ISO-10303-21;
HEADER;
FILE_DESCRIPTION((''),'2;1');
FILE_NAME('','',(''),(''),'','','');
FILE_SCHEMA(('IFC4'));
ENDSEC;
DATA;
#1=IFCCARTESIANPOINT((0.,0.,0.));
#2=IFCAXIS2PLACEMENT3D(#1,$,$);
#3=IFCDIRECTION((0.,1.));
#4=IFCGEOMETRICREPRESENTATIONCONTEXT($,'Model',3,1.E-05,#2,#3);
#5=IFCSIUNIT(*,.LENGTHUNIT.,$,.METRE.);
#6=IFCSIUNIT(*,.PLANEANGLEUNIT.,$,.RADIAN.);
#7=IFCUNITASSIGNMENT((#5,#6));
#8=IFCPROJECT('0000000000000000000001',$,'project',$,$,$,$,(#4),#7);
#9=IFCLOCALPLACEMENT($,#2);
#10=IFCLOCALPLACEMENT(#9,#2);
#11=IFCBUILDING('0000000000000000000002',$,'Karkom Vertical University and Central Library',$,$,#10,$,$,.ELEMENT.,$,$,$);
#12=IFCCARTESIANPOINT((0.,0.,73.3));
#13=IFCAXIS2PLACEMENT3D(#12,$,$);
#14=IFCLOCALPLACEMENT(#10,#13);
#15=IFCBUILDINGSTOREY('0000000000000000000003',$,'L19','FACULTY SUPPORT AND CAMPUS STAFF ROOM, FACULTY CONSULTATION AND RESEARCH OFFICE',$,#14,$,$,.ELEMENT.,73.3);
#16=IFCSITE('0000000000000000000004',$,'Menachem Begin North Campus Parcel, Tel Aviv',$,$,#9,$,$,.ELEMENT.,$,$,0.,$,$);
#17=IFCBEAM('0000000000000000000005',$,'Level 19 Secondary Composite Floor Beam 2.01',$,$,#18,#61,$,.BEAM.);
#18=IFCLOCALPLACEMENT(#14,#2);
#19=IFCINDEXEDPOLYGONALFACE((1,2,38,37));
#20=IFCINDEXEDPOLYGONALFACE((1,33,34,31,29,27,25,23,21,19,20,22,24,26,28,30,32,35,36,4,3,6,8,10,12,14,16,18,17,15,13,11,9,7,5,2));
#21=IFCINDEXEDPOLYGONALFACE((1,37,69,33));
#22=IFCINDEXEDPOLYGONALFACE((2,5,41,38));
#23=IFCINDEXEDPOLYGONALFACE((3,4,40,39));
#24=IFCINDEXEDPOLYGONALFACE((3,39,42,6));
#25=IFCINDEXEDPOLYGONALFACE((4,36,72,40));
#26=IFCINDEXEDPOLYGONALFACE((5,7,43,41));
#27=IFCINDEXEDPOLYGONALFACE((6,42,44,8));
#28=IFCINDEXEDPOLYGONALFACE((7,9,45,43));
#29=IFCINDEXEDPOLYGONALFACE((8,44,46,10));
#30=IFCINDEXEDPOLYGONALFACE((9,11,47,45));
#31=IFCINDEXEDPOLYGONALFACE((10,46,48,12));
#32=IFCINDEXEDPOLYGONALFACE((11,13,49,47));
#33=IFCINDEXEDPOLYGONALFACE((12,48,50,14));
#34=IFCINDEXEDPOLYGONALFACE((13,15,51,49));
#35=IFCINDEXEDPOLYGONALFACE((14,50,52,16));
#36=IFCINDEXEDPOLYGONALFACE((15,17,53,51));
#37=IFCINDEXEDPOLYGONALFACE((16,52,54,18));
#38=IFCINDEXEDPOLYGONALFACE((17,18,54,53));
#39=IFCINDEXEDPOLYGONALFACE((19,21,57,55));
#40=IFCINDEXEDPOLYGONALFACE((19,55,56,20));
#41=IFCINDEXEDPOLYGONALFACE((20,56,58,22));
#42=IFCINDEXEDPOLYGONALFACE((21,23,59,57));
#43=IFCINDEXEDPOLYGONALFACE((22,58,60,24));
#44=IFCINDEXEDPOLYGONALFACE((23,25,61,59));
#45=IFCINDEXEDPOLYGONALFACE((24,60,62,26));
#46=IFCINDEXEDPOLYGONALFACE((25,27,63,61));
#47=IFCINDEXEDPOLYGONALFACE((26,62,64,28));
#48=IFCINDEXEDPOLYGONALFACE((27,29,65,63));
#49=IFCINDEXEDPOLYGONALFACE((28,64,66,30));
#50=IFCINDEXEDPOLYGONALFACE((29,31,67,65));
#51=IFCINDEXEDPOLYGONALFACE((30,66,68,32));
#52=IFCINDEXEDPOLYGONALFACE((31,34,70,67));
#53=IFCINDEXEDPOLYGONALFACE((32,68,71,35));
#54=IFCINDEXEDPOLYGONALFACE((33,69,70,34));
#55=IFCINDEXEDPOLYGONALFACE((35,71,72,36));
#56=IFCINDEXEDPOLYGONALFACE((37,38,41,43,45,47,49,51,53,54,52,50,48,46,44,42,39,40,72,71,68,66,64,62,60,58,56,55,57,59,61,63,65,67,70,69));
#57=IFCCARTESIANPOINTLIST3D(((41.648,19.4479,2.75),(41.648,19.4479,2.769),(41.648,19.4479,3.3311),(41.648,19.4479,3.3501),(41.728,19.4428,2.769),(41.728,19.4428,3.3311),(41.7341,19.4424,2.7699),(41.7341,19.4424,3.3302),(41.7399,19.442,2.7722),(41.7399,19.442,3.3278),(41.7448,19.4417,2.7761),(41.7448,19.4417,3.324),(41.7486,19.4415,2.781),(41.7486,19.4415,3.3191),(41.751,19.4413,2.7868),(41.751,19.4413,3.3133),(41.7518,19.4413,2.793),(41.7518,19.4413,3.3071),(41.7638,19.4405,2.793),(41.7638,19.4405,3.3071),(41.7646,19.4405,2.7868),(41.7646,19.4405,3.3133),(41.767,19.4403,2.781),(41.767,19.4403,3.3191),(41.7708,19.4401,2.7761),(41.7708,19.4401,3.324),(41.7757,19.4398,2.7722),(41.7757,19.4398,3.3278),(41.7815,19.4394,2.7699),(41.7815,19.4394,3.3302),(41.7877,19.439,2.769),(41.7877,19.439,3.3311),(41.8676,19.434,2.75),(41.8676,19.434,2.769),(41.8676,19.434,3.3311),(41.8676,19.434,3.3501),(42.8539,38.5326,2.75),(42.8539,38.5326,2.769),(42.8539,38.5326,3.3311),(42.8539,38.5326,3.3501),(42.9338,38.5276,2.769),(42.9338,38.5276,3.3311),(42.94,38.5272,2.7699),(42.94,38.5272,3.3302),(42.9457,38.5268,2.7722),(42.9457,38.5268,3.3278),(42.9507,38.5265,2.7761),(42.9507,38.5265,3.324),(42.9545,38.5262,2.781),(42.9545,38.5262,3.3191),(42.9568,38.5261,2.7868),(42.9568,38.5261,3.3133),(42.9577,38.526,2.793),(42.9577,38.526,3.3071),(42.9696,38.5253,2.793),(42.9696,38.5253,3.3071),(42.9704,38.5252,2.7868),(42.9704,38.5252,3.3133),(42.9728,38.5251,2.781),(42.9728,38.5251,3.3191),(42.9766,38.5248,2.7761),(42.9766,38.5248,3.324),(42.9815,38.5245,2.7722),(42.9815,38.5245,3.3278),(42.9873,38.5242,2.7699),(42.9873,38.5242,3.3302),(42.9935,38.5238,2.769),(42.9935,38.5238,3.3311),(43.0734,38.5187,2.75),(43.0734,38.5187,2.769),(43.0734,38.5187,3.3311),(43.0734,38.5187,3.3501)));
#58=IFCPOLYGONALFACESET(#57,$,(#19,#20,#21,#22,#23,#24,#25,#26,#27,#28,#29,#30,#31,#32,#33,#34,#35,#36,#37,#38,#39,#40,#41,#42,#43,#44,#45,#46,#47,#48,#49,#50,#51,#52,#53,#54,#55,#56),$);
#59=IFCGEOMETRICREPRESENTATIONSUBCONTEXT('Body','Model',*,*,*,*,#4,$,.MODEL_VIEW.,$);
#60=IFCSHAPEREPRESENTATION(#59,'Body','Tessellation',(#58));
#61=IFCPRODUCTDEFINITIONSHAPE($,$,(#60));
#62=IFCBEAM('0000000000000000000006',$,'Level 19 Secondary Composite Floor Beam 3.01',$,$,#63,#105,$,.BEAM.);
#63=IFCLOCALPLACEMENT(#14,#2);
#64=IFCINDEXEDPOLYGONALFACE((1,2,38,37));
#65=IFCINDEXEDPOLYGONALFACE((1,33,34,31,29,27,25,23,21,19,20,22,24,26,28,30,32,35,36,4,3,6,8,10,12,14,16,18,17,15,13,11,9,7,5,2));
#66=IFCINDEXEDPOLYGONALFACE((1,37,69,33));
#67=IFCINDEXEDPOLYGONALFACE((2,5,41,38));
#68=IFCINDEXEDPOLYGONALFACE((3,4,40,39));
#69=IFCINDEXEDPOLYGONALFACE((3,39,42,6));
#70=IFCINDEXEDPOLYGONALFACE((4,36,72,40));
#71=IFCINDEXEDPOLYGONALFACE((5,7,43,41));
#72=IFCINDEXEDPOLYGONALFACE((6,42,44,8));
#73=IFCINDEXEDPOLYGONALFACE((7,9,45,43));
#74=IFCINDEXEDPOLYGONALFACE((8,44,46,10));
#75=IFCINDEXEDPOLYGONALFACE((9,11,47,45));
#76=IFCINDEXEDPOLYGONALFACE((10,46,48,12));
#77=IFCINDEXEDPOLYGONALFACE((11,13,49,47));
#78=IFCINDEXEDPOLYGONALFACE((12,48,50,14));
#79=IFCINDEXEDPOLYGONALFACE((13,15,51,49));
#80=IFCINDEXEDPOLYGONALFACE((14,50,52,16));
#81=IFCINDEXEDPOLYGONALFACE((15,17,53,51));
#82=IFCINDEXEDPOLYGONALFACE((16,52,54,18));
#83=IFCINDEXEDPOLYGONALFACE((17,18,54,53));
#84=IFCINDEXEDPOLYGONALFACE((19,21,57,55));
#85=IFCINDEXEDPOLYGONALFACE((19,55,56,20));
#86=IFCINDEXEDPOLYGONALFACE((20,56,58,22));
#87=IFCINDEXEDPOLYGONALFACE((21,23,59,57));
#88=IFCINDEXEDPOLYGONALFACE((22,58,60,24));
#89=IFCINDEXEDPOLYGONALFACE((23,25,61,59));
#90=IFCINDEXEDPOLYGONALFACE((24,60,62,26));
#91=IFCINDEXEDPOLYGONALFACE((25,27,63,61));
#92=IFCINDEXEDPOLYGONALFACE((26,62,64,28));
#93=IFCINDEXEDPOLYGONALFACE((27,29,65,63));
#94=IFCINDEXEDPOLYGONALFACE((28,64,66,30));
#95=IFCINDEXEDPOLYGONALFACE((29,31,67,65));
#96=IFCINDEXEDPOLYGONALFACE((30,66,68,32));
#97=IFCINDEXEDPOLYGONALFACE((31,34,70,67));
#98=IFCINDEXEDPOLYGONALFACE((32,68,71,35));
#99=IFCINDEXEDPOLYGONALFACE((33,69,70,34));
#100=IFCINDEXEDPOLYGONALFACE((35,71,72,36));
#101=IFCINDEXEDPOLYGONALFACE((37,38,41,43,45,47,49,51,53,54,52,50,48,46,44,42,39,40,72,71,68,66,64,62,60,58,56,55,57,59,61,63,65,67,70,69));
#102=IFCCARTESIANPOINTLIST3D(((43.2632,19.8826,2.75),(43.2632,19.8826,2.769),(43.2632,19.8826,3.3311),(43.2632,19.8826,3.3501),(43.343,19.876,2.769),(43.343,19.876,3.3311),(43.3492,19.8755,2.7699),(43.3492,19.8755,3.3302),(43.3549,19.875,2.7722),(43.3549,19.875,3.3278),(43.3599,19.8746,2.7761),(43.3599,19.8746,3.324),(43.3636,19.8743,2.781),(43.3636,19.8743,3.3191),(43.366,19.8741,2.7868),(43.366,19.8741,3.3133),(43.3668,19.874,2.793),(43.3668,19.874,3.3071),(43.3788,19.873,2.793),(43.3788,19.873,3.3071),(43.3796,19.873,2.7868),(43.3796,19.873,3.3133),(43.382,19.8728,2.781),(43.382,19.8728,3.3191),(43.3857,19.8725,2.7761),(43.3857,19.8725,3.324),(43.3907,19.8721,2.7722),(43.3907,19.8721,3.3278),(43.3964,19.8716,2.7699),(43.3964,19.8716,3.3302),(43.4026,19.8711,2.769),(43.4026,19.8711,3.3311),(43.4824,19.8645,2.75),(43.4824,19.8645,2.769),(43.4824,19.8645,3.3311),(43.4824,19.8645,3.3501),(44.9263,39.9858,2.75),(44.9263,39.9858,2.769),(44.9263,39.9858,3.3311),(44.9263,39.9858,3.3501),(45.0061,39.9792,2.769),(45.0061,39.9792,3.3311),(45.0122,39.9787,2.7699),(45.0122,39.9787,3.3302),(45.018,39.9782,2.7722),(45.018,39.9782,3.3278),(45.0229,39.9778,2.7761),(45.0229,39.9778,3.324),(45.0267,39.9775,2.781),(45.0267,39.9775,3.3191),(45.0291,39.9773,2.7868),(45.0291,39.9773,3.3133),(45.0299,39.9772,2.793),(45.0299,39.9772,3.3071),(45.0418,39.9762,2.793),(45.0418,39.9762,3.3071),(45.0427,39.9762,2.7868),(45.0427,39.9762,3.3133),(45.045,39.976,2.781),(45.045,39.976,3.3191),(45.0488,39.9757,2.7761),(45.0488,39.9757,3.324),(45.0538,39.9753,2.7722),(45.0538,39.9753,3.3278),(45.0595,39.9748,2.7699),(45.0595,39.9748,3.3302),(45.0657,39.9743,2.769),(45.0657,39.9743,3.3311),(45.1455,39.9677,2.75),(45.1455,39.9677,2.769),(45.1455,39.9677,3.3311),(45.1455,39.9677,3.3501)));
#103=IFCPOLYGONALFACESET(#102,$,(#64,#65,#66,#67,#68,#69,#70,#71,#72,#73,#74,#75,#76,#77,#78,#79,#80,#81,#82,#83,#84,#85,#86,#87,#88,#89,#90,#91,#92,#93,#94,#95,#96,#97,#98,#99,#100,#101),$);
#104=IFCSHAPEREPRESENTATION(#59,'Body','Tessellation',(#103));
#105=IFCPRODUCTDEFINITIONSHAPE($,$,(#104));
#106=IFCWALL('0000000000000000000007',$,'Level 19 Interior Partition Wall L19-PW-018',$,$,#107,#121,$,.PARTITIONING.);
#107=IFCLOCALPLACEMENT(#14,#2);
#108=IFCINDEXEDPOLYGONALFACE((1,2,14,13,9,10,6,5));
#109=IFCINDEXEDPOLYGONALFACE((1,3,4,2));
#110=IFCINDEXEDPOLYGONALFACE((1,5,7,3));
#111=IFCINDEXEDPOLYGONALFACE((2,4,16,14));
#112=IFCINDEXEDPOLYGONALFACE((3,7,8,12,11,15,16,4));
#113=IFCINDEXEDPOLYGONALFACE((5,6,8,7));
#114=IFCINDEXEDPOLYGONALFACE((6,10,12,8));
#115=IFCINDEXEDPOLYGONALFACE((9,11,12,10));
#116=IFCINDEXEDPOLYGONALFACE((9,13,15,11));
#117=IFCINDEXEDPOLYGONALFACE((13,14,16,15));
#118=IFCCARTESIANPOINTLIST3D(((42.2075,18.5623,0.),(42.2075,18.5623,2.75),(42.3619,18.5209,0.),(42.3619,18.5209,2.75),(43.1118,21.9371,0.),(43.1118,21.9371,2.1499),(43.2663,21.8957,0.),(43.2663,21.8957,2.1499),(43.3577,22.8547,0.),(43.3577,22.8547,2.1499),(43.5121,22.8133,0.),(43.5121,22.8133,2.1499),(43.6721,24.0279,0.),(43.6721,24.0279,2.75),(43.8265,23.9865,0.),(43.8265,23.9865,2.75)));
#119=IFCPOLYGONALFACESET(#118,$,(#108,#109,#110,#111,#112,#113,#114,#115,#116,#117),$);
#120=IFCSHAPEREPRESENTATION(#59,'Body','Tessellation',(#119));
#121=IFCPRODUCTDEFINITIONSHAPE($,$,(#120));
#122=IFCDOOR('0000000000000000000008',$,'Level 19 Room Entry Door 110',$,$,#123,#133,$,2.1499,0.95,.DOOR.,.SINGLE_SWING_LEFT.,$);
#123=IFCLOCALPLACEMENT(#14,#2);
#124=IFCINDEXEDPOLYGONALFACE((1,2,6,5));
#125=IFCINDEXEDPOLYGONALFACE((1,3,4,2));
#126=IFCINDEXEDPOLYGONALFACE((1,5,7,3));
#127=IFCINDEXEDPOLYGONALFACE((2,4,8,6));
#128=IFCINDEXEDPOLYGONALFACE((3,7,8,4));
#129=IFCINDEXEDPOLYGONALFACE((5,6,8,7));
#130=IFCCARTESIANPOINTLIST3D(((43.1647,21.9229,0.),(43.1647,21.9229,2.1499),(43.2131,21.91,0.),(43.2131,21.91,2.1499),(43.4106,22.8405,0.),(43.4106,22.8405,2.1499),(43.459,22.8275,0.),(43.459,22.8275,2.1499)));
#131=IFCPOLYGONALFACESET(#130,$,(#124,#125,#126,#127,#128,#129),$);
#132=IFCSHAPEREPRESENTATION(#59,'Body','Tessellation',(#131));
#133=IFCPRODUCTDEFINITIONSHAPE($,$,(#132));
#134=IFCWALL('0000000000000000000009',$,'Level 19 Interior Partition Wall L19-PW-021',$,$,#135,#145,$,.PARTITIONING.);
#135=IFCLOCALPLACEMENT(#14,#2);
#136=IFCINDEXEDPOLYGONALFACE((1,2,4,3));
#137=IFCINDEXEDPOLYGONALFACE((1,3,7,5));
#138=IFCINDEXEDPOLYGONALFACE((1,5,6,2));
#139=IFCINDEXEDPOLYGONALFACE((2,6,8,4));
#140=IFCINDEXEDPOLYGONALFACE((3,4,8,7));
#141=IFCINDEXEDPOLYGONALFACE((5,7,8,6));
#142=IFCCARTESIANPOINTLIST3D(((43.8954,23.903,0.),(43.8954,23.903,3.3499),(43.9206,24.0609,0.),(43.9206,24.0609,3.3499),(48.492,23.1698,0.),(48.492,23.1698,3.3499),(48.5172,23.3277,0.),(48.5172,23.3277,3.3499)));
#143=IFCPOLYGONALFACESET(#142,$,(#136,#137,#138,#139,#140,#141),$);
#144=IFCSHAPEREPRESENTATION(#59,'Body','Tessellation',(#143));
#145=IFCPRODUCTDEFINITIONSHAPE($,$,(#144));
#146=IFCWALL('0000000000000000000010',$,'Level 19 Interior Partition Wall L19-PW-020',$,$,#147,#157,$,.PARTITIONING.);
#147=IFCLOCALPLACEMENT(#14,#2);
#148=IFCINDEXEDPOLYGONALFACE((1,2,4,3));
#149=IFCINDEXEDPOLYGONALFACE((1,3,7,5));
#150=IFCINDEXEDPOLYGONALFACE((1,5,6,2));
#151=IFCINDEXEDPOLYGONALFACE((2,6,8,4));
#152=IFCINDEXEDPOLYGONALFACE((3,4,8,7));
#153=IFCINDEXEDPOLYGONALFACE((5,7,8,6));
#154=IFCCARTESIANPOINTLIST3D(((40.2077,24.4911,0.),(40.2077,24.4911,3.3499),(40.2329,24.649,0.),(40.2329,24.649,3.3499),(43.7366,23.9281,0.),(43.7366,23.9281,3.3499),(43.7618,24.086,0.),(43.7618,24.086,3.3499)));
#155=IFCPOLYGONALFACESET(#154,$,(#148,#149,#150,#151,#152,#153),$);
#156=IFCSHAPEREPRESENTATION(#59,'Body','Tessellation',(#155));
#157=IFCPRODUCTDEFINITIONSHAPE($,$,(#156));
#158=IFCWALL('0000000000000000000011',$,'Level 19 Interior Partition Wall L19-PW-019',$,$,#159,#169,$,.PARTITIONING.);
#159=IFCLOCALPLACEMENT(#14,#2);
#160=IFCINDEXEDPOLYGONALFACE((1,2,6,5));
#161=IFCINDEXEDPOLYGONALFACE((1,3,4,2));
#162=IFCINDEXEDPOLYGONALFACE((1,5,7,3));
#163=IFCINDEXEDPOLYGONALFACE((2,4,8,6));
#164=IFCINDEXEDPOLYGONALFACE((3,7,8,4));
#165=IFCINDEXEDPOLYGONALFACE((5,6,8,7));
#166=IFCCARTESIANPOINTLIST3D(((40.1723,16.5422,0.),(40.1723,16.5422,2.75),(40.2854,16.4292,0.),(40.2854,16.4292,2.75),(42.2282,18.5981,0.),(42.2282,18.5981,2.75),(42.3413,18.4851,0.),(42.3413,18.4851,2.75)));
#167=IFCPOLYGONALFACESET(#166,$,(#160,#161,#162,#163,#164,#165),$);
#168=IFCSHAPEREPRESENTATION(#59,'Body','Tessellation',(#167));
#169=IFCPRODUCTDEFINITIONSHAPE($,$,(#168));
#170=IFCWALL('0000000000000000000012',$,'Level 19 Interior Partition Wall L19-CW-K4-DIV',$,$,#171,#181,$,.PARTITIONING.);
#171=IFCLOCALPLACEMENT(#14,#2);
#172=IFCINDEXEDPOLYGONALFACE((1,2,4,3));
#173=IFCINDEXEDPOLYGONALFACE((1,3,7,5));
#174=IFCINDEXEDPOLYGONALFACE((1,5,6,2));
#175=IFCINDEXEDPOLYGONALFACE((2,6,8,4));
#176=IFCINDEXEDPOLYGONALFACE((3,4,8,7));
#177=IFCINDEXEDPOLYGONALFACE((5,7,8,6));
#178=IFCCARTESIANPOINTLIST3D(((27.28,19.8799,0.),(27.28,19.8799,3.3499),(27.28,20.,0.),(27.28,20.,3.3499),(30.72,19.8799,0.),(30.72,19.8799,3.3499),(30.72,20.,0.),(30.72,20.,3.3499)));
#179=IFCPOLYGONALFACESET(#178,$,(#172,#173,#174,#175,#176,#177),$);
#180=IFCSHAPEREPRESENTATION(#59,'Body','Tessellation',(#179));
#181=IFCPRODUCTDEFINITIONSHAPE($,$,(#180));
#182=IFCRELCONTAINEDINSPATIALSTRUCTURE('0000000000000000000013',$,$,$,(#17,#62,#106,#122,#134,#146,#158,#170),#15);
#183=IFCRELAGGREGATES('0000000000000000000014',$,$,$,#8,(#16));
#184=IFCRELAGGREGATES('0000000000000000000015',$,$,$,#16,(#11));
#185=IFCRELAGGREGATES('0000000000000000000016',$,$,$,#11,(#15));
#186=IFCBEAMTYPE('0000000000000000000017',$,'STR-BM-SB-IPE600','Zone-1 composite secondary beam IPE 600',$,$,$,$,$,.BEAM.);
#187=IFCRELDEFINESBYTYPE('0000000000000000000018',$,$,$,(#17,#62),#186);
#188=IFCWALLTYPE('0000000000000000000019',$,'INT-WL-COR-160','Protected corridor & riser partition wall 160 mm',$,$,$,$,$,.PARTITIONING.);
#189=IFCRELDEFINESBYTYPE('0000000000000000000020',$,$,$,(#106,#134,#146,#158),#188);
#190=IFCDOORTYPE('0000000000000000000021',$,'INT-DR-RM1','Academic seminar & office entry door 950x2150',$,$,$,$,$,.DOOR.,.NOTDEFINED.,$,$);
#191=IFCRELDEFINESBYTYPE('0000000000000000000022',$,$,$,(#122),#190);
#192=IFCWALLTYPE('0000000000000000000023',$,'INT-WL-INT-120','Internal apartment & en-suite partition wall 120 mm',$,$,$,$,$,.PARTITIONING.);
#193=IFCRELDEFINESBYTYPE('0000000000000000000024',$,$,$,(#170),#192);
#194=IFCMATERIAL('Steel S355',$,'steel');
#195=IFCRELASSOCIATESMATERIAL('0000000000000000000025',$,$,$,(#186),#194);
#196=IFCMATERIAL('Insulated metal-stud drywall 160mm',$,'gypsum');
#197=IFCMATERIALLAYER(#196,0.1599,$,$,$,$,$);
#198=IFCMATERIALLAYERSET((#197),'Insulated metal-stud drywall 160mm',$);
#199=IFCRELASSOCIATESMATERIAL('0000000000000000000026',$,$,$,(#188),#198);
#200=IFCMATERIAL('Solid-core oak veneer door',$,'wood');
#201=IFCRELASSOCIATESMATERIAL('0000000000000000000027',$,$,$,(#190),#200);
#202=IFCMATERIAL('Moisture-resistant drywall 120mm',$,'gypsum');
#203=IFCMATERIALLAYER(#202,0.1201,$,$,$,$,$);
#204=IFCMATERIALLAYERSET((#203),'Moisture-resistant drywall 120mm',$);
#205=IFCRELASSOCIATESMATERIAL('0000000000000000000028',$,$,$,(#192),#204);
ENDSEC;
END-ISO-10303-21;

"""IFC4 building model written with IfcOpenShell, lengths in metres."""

from ifc_helpers import new_model, si_unit, direction, frame, frame_2d, origin, origin_with_axes, origin_2d, place, context, subcontext, project, spatial, rectangle, i_section, extrude, source, transform, mapped, material, layer, layer_set, material_profile, profile_set, type_object, element, fill, save


model = new_model("IFC4")

# Units and contexts
model_context = context("Model", 3, precision=1e-05, world=origin(), true_north=direction((0.0, 1.0)))
body_context = subcontext(model_context, "Body", "Model", "MODEL_VIEW")
ifc_project = project(units=[si_unit("LENGTHUNIT", "METRE"), si_unit("PLANEANGLEUNIT", "RADIAN")], contexts=[model_context])

# Site, building, storey
site_placement = place(None, origin())
site = spatial("IfcSite", under=ifc_project, at=site_placement, Name="Menachem Begin North Campus Parcel, Tel Aviv", CompositionType="ELEMENT", RefElevation=0.0)
building_placement = place(site_placement, origin())
building = spatial("IfcBuilding", under=site, at=building_placement, Name="Karkom Vertical University and Central Library", CompositionType="ELEMENT")
storey_placement = place(building_placement, frame((0.0, 0.0, 73.3)))
storey = spatial("IfcBuildingStorey", under=building, at=storey_placement, Name="L19", Description="FACULTY SUPPORT AND CAMPUS STAFF ROOM, FACULTY CONSULTATION AND RESEARCH OFFICE", CompositionType="ELEMENT", Elevation=73.3)

# Beams
ifc_material_1 = material(Name="Steel S355", Category="steel")
ifc_material_profile_1 = material_profile(ifc_material_1, i_section(OverallWidth=0.22, OverallDepth=0.6001, WebThickness=0.012, FlangeThickness=0.019, FilletRadius=0.0239, at=origin_2d()), Name="IPE 600")
ifc_profile_set_1 = profile_set([ifc_material_profile_1], Name="Steel S355")
beam_type_1 = type_object("IfcBeamType", Name="STR-BM-SB-IPE600", Description="Zone-1 composite secondary beam IPE 600", PredefinedType="BEAM", material=ifc_profile_set_1)
shared_shape_1 = source(origin_with_axes(), body_context, "Body", "SweptSolid", [
    extrude(i_section(OverallWidth=0.22, OverallDepth=0.6001, WebThickness=0.012, FlangeThickness=0.019, FilletRadius=0.0239, at=origin_2d()), origin(), (0.0, 0.0, 1.0), 19.1228),
])
beam_1_placement = place(storey_placement, frame((41.7578, 19.4409, 3.05), z_axis=(0.063056, 0.99801, 0.0), x_axis=(-0.99801, 0.063056, 0.0)))
element("IfcBeam", 1, at=beam_1_placement, inside=storey, type_object=beam_type_1, Name="Level 19 Secondary Composite Floor Beam 2.01", PredefinedType="BEAM", context=body_context, shape_type="MappedRepresentation", body=[
    mapped(shared_shape_1, transform((0.0, 0.0, 0.0), scale=1.0)),
])
shared_shape_2 = source(origin_with_axes(), body_context, "Body", "SweptSolid", [
    extrude(i_section(OverallWidth=0.22, OverallDepth=0.6001, WebThickness=0.012, FlangeThickness=0.019, FilletRadius=0.0239, at=origin_2d()), origin(), (0.0, 0.0, 1.0), 20.1719),
])
beam_2_placement = place(storey_placement, frame((43.3728, 19.8735, 3.05), z_axis=(0.082445, 0.996596, 0.0), x_axis=(-0.996596, 0.082445, 0.0)))
element("IfcBeam", 2, at=beam_2_placement, inside=storey, type_object=beam_type_1, Name="Level 19 Secondary Composite Floor Beam 3.01", PredefinedType="BEAM", context=body_context, shape_type="MappedRepresentation", body=[
    mapped(shared_shape_2, transform((0.0, 0.0, 0.0), scale=1.0)),
])

# Wall, opening, door
ifc_material_2 = material(Name="Insulated metal-stud drywall 160mm", Category="gypsum")
ifc_layer_1 = layer(ifc_material_2, 0.1599)
ifc_layer_set_1 = layer_set([ifc_layer_1], Name="Insulated metal-stud drywall 160mm")
wall_type_1 = type_object("IfcWallType", Name="INT-WL-COR-160", Description="Protected corridor & riser partition wall 160 mm", PredefinedType="PARTITIONING", material=ifc_layer_set_1)
wall_1_placement = place(storey_placement, frame((43.7493, 24.0071, 0.0), z_axis=(0.0, 0.0, 1.0), x_axis=(-0.258836, -0.965921, 0.0)))
wall_1 = element("IfcWall", 3, at=wall_1_placement, inside=storey, type_object=wall_type_1, Name="Level 19 Interior Partition Wall L19-PW-018", PredefinedType="PARTITIONING", context=body_context, shape_type="SweptSolid", body=[
    extrude(rectangle(XDim=5.6584, YDim=0.1599, at=frame_2d((2.8291, 0.0))), origin(), (0.0, 0.0, 1.0), 2.75),
])
opening_1_placement = place(wall_1_placement, frame((1.2144, 0.0, 0.0)))
opening_1 = element("IfcOpeningElement", 4, at=opening_1_placement, cuts=wall_1, PredefinedType="OPENING", context=body_context, shape_type="SweptSolid", body=[
    extrude(rectangle(XDim=0.95, YDim=2.1499, at=frame_2d((0.4751, 1.075))), frame((0.0, 0.0898, 0.0), z_axis=(0.0, -1.0, 0.0), x_axis=(1.0, 0.0, 0.0)), (0.0, 0.0, 1.0), 0.1799),
])
ifc_material_3 = material(Name="Solid-core oak veneer door", Category="wood")
door_type_1 = type_object("IfcDoorType", Name="INT-DR-RM1", Description="Academic seminar & office entry door 950x2150", OperationType="NOTDEFINED", PredefinedType="DOOR", material=ifc_material_3)
shared_shape_3 = source(origin_with_axes(), body_context, "Body", "SweptSolid", [
    extrude(rectangle(XDim=0.95, YDim=2.1499, at=frame_2d((0.4751, 1.075))), frame((0.0, 0.0249, 0.0), z_axis=(0.0, -1.0, 0.0), x_axis=(1.0, 0.0, 0.0)), (0.0, 0.0, 1.0), 0.05),
])
door_1_placement = place(opening_1_placement, origin())
door_1 = element("IfcDoor", 5, at=door_1_placement, inside=storey, type_object=door_type_1, Name="Level 19 Room Entry Door 110", OperationType="SINGLE_SWING_LEFT", OverallHeight=2.1499, OverallWidth=0.95, PredefinedType="DOOR", context=body_context, shape_type="MappedRepresentation", body=[
    mapped(shared_shape_3, transform((0.0, 0.0, 0.0), scale=1.0)),
])
fill(opening_1, door_1)

# Walls
wall_2_placement = place(storey_placement, frame((43.908, 23.9819, 0.0), z_axis=(0.0, 0.0, 1.0), x_axis=(0.987518, -0.157506, 0.0)))
element("IfcWall", 6, at=wall_2_placement, inside=storey, type_object=wall_type_1, Name="Level 19 Interior Partition Wall L19-PW-021", PredefinedType="PARTITIONING", context=body_context, shape_type="SweptSolid", body=[
    extrude(rectangle(XDim=4.6548, YDim=0.1599, at=frame_2d((2.3274, 0.0))), origin(), (0.0, 0.0, 1.0), 3.3499),
])
wall_3_placement = place(storey_placement, frame((40.2205, 24.5701, 0.0), z_axis=(0.0, 0.0, 1.0), x_axis=(0.987511, -0.157548, 0.0)))
element("IfcWall", 7, at=wall_3_placement, inside=storey, type_object=wall_type_1, Name="Level 19 Interior Partition Wall L19-PW-020", PredefinedType="PARTITIONING", context=body_context, shape_type="SweptSolid", body=[
    extrude(rectangle(XDim=3.5735, YDim=0.1599, at=frame_2d((1.7866, 0.0))), origin(), (0.0, 0.0, 1.0), 3.3499),
])
wall_4_placement = place(storey_placement, frame((42.2847, 18.5415, 0.0), z_axis=(0.0, 0.0, 1.0), x_axis=(-0.707107, -0.707107, 0.0)))
element("IfcWall", 8, at=wall_4_placement, inside=storey, type_object=wall_type_1, Name="Level 19 Interior Partition Wall L19-PW-019", PredefinedType="PARTITIONING", context=body_context, shape_type="SweptSolid", body=[
    extrude(rectangle(XDim=2.9075, YDim=0.1599, at=frame_2d((1.4536, 0.0))), origin(), (0.0, 0.0, 1.0), 2.75),
])
ifc_material_4 = material(Name="Moisture-resistant drywall 120mm", Category="gypsum")
ifc_layer_2 = layer(ifc_material_4, 0.1201)
ifc_layer_set_2 = layer_set([ifc_layer_2], Name="Moisture-resistant drywall 120mm")
wall_type_2 = type_object("IfcWallType", Name="INT-WL-INT-120", Description="Internal apartment & en-suite partition wall 120 mm", PredefinedType="PARTITIONING", material=ifc_layer_set_2)
wall_5_placement = place(storey_placement, frame((27.28, 19.9399, 0.0), z_axis=(0.0, 0.0, 1.0), x_axis=(1.0, 0.0, 0.0)))
element("IfcWall", 9, at=wall_5_placement, inside=storey, type_object=wall_type_2, Name="Level 19 Interior Partition Wall L19-CW-K4-DIV", PredefinedType="PARTITIONING", context=body_context, shape_type="SweptSolid", body=[
    extrude(rectangle(XDim=3.4399, YDim=0.1201, at=frame_2d((1.72, 0.0))), origin(), (0.0, 0.0, 1.0), 3.3499),
])

save(model, "model.ifc")
